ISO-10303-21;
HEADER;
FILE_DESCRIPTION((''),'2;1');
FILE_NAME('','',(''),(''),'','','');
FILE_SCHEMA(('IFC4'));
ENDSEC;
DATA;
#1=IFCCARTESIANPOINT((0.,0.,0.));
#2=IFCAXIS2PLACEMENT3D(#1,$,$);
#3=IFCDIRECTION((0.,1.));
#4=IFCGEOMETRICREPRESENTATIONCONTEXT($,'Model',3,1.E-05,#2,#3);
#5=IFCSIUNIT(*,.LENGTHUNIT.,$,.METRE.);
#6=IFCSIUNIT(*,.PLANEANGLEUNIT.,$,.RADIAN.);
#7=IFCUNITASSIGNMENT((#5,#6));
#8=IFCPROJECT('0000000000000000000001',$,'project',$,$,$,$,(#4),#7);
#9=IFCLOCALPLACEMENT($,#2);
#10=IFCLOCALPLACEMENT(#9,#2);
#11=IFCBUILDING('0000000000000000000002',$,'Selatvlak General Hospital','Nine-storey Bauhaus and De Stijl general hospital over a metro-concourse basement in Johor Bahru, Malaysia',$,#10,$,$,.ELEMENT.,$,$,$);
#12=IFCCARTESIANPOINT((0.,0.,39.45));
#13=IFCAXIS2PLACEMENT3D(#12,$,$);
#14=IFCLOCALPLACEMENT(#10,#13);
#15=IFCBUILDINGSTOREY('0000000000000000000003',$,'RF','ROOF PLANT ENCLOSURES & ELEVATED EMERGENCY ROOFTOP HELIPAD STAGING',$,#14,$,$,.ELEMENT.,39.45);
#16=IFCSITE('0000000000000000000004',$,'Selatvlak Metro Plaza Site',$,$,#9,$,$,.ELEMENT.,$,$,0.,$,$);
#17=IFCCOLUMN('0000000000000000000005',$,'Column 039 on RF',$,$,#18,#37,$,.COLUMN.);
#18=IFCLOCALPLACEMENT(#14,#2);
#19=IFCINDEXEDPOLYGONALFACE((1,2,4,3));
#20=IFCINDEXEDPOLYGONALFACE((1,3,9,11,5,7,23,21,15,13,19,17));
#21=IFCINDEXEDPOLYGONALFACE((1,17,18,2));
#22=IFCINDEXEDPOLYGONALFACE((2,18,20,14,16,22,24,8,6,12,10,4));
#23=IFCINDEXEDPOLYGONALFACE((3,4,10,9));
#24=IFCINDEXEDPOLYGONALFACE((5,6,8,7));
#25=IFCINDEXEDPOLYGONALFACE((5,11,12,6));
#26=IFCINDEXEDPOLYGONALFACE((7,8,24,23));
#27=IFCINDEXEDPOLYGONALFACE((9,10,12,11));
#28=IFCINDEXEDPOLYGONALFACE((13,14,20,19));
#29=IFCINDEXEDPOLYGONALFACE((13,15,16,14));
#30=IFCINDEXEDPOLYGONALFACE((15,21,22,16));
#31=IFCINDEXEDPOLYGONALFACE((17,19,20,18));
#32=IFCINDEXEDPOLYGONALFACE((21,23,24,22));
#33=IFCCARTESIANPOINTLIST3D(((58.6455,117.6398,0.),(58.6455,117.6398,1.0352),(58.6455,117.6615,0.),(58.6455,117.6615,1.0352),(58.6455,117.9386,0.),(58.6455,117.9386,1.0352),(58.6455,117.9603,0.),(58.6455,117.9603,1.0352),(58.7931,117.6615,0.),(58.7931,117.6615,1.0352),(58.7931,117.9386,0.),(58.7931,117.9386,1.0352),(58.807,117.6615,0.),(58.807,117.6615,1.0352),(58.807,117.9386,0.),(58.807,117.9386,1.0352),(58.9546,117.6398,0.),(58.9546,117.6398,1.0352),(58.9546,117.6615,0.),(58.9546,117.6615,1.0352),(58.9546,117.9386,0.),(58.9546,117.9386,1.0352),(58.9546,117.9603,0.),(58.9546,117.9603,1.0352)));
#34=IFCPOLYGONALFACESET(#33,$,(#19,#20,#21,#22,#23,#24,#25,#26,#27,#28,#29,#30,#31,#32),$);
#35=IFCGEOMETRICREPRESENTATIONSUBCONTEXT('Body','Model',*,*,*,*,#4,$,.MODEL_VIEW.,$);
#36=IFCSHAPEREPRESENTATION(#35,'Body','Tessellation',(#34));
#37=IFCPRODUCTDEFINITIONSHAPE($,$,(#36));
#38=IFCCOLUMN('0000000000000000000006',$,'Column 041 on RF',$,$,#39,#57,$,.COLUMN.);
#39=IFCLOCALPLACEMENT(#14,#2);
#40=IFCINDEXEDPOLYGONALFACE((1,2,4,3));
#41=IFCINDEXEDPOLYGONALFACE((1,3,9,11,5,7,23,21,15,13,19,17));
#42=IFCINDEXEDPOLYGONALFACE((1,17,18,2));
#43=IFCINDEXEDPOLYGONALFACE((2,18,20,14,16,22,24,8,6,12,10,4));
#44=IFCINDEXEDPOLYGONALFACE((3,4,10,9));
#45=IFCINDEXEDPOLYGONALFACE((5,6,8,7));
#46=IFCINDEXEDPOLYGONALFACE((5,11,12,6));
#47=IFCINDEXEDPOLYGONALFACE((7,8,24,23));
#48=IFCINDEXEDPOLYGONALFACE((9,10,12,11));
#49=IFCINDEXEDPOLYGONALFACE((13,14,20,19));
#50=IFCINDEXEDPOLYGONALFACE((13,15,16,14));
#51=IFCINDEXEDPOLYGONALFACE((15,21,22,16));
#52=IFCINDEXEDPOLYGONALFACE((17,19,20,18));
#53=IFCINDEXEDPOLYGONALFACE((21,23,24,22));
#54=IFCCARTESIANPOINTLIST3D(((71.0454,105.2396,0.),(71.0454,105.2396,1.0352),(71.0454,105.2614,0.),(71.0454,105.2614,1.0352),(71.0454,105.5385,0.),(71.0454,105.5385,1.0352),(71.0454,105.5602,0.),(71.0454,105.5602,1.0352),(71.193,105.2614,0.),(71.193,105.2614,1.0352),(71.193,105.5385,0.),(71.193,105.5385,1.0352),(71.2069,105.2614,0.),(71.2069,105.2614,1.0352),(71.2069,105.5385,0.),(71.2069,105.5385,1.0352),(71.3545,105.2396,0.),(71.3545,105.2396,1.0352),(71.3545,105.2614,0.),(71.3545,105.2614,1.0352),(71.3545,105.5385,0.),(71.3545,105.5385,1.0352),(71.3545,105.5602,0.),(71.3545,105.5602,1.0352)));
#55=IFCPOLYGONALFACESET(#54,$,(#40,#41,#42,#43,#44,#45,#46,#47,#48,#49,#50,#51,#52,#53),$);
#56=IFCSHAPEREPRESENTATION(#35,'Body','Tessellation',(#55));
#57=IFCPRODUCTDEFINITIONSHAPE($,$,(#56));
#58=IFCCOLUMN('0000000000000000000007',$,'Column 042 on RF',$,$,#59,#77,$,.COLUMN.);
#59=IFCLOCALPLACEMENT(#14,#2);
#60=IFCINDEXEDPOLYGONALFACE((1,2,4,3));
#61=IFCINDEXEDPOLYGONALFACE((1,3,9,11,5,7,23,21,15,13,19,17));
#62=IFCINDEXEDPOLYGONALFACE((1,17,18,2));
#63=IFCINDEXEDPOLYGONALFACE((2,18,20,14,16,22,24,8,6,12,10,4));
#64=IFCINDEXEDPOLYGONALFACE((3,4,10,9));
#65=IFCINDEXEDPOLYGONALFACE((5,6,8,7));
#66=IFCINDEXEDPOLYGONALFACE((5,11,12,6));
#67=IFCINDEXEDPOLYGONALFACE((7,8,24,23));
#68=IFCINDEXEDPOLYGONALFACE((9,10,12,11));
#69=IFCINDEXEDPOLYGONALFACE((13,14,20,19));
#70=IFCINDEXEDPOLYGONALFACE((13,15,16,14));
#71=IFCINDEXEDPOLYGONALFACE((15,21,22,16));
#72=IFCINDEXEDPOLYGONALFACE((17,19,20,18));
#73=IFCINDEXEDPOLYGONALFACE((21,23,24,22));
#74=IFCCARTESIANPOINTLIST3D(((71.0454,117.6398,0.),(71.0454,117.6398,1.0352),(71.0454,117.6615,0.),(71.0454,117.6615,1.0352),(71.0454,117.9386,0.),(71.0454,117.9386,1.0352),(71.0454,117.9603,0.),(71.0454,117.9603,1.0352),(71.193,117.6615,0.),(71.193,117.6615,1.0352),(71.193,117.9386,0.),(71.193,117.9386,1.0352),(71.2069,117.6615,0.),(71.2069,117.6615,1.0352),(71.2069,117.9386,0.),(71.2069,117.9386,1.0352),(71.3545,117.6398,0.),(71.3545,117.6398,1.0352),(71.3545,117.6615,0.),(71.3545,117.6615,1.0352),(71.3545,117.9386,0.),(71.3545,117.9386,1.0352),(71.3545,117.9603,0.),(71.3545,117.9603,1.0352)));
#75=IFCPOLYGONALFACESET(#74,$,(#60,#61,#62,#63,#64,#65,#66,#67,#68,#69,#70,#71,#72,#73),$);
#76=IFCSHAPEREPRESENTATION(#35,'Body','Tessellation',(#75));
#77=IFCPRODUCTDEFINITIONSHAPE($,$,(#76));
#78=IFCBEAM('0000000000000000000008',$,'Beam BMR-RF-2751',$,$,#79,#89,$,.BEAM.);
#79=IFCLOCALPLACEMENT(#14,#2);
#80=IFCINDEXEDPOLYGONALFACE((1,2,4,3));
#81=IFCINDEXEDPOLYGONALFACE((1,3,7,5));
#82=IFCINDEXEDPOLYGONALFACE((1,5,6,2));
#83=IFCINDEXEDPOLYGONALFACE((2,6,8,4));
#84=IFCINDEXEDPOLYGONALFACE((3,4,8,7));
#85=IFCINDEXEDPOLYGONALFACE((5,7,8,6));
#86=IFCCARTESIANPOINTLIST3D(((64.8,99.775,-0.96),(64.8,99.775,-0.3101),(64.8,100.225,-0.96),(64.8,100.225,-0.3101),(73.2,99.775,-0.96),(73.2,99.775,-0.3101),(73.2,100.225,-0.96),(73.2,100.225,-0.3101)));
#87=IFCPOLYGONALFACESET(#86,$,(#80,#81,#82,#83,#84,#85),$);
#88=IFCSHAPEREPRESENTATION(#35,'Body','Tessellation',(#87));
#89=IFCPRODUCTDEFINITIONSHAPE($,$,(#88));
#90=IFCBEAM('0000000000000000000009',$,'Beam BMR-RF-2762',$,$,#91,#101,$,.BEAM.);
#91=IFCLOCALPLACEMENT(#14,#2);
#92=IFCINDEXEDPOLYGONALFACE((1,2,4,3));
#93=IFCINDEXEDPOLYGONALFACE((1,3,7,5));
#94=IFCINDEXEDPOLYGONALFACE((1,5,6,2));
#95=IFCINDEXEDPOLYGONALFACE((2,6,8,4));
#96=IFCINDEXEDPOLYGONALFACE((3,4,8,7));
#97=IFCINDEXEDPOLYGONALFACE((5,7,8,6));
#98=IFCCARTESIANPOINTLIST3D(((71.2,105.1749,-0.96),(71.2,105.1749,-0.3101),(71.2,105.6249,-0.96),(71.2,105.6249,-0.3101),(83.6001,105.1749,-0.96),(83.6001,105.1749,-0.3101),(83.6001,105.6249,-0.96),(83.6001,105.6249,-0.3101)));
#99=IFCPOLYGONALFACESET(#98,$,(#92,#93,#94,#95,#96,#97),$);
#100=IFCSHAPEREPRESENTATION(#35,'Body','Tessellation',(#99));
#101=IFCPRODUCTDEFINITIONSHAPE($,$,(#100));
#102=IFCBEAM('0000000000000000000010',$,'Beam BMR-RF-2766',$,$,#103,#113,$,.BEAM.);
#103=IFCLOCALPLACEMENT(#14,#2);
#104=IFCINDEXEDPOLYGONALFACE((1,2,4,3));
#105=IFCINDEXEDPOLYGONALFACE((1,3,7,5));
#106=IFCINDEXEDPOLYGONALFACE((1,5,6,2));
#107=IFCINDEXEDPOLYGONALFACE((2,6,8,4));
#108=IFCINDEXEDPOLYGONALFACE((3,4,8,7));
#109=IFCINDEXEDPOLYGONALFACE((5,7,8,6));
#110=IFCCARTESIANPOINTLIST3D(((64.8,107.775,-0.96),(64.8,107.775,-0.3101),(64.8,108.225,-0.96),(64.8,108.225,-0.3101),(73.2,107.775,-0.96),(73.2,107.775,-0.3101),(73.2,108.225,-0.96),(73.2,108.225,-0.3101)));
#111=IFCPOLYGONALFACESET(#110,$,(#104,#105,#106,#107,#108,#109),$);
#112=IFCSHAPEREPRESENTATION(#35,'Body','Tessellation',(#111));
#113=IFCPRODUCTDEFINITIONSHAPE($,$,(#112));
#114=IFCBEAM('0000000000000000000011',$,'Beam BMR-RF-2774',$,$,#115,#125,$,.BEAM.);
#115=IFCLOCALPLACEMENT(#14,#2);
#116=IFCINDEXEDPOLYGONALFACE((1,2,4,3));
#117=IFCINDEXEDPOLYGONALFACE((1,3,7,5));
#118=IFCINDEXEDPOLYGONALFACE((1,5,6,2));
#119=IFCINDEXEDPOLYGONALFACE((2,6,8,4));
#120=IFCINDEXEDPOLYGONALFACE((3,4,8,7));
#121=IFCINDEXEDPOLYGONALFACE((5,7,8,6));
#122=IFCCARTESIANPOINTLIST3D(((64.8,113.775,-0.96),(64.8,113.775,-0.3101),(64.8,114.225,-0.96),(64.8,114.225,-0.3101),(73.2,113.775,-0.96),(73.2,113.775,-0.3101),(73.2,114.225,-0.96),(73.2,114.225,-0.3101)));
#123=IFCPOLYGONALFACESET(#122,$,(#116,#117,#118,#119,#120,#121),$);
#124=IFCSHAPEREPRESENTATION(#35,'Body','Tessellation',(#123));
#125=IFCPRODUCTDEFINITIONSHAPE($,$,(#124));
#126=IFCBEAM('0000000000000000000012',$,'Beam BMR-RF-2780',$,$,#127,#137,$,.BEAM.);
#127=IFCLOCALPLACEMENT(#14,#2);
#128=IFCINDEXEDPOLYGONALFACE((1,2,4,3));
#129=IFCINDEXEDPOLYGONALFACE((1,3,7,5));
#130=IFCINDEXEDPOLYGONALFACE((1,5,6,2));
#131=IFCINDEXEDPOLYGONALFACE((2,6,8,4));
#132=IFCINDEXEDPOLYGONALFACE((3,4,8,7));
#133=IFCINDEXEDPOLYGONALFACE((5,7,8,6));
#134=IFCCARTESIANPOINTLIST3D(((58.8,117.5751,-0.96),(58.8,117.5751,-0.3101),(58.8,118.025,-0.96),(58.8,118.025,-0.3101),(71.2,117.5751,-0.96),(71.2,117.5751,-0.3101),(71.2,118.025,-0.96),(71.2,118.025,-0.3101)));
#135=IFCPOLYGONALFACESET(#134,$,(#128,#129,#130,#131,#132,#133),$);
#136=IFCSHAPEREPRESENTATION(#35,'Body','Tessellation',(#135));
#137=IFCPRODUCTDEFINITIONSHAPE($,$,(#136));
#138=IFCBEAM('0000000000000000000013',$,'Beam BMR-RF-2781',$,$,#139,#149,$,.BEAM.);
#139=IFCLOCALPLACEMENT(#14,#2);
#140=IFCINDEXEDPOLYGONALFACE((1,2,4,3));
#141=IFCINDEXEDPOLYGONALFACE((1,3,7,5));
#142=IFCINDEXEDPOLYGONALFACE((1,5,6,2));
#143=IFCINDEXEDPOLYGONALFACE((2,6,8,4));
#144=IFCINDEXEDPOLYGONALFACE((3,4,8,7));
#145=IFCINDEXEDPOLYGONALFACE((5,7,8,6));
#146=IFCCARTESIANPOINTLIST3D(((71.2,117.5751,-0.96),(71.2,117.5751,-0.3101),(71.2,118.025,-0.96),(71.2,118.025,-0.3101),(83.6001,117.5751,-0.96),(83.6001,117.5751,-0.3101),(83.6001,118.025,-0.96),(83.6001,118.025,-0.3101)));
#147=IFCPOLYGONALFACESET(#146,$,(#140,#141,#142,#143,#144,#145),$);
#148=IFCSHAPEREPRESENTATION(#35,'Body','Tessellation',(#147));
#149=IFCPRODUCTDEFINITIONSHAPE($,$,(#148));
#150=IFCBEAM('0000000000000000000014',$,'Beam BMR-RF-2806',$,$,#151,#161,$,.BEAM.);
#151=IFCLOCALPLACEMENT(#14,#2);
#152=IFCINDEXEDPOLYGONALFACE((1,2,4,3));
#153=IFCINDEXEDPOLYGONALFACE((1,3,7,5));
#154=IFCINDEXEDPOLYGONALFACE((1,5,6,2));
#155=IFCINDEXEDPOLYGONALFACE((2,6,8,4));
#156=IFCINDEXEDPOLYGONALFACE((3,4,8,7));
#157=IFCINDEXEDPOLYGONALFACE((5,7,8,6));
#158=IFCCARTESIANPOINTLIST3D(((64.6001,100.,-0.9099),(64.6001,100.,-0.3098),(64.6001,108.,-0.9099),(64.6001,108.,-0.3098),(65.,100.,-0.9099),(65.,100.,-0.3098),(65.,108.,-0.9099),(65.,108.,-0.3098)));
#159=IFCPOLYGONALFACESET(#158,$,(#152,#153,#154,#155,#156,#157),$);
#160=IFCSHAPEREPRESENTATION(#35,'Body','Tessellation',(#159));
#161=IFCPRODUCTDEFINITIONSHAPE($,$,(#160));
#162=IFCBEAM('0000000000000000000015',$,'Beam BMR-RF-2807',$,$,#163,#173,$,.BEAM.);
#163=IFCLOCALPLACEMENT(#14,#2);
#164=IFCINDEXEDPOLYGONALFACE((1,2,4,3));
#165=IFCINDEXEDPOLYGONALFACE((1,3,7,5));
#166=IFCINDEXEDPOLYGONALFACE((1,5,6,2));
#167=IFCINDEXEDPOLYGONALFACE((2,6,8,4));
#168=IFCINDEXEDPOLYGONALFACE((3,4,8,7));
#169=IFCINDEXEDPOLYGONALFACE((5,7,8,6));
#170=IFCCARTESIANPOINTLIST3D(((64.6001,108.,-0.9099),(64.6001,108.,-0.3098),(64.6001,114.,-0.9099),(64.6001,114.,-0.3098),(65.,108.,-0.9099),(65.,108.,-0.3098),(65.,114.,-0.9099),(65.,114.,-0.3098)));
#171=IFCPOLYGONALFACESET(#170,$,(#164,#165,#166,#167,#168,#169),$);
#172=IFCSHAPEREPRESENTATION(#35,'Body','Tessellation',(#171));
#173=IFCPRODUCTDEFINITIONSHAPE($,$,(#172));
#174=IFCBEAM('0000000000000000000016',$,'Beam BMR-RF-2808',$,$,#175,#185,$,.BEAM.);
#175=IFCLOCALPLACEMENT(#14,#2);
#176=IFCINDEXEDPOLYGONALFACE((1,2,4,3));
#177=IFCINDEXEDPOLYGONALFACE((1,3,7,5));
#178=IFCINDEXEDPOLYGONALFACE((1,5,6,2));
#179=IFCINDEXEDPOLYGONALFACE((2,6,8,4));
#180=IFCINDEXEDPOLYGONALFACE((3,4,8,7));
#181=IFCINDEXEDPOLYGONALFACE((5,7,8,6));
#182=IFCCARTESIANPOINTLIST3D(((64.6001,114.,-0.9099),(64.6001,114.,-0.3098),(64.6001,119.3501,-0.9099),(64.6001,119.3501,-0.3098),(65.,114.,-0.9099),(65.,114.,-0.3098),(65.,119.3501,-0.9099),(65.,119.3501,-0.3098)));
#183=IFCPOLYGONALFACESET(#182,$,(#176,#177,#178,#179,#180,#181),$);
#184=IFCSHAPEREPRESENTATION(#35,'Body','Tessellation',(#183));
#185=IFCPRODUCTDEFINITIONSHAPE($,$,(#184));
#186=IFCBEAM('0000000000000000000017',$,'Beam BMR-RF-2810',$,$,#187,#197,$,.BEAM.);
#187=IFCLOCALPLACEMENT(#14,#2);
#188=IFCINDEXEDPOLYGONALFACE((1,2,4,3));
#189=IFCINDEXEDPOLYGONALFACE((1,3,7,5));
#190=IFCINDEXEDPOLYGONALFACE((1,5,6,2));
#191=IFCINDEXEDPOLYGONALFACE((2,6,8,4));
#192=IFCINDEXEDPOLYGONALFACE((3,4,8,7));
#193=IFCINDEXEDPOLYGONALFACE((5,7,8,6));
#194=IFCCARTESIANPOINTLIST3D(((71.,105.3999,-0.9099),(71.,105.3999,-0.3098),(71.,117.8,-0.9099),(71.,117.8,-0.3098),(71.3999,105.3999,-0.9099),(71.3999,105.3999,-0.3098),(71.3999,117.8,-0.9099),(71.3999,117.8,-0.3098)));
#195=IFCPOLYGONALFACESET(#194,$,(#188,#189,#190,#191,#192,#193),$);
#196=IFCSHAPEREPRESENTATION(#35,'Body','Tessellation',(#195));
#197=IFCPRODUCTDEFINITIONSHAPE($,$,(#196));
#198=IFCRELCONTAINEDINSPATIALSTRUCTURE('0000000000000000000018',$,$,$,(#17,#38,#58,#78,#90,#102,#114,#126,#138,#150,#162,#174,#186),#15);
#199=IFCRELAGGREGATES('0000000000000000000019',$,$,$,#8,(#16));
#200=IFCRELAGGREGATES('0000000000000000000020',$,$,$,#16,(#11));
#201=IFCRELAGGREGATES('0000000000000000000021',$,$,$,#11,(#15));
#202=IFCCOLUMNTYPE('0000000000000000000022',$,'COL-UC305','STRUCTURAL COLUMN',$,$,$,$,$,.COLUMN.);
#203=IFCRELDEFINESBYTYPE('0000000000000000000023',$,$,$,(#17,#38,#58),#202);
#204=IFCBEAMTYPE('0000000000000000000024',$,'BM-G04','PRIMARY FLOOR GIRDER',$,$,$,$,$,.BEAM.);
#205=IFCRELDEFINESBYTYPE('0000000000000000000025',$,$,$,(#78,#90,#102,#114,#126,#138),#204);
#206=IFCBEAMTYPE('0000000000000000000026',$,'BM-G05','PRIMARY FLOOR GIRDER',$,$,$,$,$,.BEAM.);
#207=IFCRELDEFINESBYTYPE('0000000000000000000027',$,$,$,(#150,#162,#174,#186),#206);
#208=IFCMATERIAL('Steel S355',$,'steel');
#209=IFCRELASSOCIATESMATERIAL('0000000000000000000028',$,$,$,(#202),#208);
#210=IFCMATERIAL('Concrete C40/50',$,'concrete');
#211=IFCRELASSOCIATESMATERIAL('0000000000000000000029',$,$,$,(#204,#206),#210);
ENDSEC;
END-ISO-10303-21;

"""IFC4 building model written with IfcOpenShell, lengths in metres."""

from ifc_helpers import new_model, si_unit, direction, frame, origin, origin_2d, place, context, subcontext, project, spatial, rectangle, i_section, extrude, material, material_profile, profile_set, type_object, element, save


model = new_model("IFC4")

# Units and contexts
model_context = context("Model", 3, precision=1e-05, world=origin(), true_north=direction((0.0, 1.0)))
body_context = subcontext(model_context, "Body", "Model", "MODEL_VIEW")
ifc_project = project(units=[si_unit("LENGTHUNIT", "METRE"), si_unit("PLANEANGLEUNIT", "RADIAN")], contexts=[model_context])

# Site, building, storey
site_placement = place(None, origin())
site = spatial("IfcSite", under=ifc_project, at=site_placement, Name="Selatvlak Metro Plaza Site", CompositionType="ELEMENT", RefElevation=0.0)
building_placement = place(site_placement, origin())
building = spatial("IfcBuilding", under=site, at=building_placement, Name="Selatvlak General Hospital", Description="Nine-storey Bauhaus and De Stijl general hospital over a metro-concourse basement in Johor Bahru, Malaysia", CompositionType="ELEMENT")
storey_placement = place(building_placement, frame((0.0, 0.0, 39.45)))
storey = spatial("IfcBuildingStorey", under=building, at=storey_placement, Name="RF", Description="ROOF PLANT ENCLOSURES & ELEVATED EMERGENCY ROOFTOP HELIPAD STAGING", CompositionType="ELEMENT", Elevation=39.45)

# Columns
ifc_material_1 = material(Name="Steel S355", Category="steel")
ifc_material_profile_1 = material_profile(ifc_material_1, i_section(OverallWidth=0.3091, OverallDepth=0.3206, WebThickness=0.0139, FlangeThickness=0.0217, at=origin_2d()), Name="UC 305x305x137")
ifc_profile_set_1 = profile_set([ifc_material_profile_1], Name="Steel S355")
column_type = type_object("IfcColumnType", Name="COL-UC305", Description="STRUCTURAL COLUMN", PredefinedType="COLUMN", material=ifc_profile_set_1)
for number, where, z_axis, x_axis, name in (
    (1, (58.8, 117.8, 0.0), (0.0, 0.0, 1.0), (1.0, 0.0, 0.0), "Column 039 on RF"),
    (2, (71.2, 105.3999, 0.0), (0.0, 0.0, 1.0), (1.0, 0.0, 0.0), "Column 041 on RF"),
    (3, (71.2, 117.8, 0.0), (0.0, 0.0, 1.0), (1.0, 0.0, 0.0), "Column 042 on RF"),
):
    element("IfcColumn", number, at=place(storey_placement, frame(where, z_axis=z_axis, x_axis=x_axis)), inside=storey, type_object=column_type, Name=name, PredefinedType="COLUMN", context=body_context, shape_type="SweptSolid", body=[
        extrude(i_section(OverallWidth=0.3091, OverallDepth=0.3206, WebThickness=0.0139, FlangeThickness=0.0217, at=origin_2d()), origin(), (0.0, 0.0, 1.0), 1.0352),
    ])

# Beams
ifc_material_2 = material(Name="Concrete C40/50", Category="concrete")
ifc_material_profile_2 = material_profile(ifc_material_2, rectangle(XDim=0.45, YDim=0.6499, at=origin_2d()), Name="RC-BM 450x650")
ifc_profile_set_2 = profile_set([ifc_material_profile_2], Name="Concrete C40/50")
beam_type_1 = type_object("IfcBeamType", Name="BM-G04", Description="PRIMARY FLOOR GIRDER", PredefinedType="BEAM", material=ifc_profile_set_2)
beam_1_placement = place(storey_placement, frame((64.8, 100.0, -0.635), z_axis=(1.0, 0.0, 0.0), x_axis=(0.0, 1.0, 0.0)))
element("IfcBeam", 4, at=beam_1_placement, inside=storey, type_object=beam_type_1, Name="Beam BMR-RF-2751", PredefinedType="BEAM", context=body_context, shape_type="SweptSolid", body=[
    extrude(rectangle(XDim=0.45, YDim=0.6499, at=origin_2d()), origin(), (0.0, 0.0, 1.0), 8.3999),
])
beam_2_placement = place(storey_placement, frame((71.2, 105.3999, -0.635), z_axis=(1.0, 0.0, 0.0), x_axis=(0.0, 1.0, 0.0)))
element("IfcBeam", 5, at=beam_2_placement, inside=storey, type_object=beam_type_1, Name="Beam BMR-RF-2762", PredefinedType="BEAM", context=body_context, shape_type="SweptSolid", body=[
    extrude(rectangle(XDim=0.45, YDim=0.6499, at=origin_2d()), origin(), (0.0, 0.0, 1.0), 12.4001),
])
for number, where, z_axis, x_axis, name in (
    (6, (64.8, 108.0, -0.635), (1.0, 0.0, 0.0), (0.0, 1.0, 0.0), "Beam BMR-RF-2766"),
    (7, (64.8, 114.0, -0.635), (1.0, 0.0, 0.0), (0.0, 1.0, 0.0), "Beam BMR-RF-2774"),
):
    element("IfcBeam", number, at=place(storey_placement, frame(where, z_axis=z_axis, x_axis=x_axis)), inside=storey, type_object=beam_type_1, Name=name, PredefinedType="BEAM", context=body_context, shape_type="SweptSolid", body=[
        extrude(rectangle(XDim=0.45, YDim=0.6499, at=origin_2d()), origin(), (0.0, 0.0, 1.0), 8.3999),
    ])
beam_3_placement = place(storey_placement, frame((58.8, 117.8, -0.635), z_axis=(1.0, 0.0, 0.0), x_axis=(0.0, 1.0, 0.0)))
element("IfcBeam", 8, at=beam_3_placement, inside=storey, type_object=beam_type_1, Name="Beam BMR-RF-2780", PredefinedType="BEAM", context=body_context, shape_type="SweptSolid", body=[
    extrude(rectangle(XDim=0.45, YDim=0.6499, at=origin_2d()), origin(), (0.0, 0.0, 1.0), 12.3999),
])
beam_4_placement = place(storey_placement, frame((71.2, 117.8, -0.635), z_axis=(1.0, 0.0, 0.0), x_axis=(0.0, 1.0, 0.0)))
element("IfcBeam", 9, at=beam_4_placement, inside=storey, type_object=beam_type_1, Name="Beam BMR-RF-2781", PredefinedType="BEAM", context=body_context, shape_type="SweptSolid", body=[
    extrude(rectangle(XDim=0.45, YDim=0.6499, at=origin_2d()), origin(), (0.0, 0.0, 1.0), 12.4001),
])
ifc_material_profile_3 = material_profile(ifc_material_2, rectangle(XDim=0.3999, YDim=0.6001, at=origin_2d()), Name="RC-BM 400x600")
ifc_profile_set_3 = profile_set([ifc_material_profile_3], Name="Concrete C40/50")
beam_type_2 = type_object("IfcBeamType", Name="BM-G05", Description="PRIMARY FLOOR GIRDER", PredefinedType="BEAM", material=ifc_profile_set_3)
beam_5_placement = place(storey_placement, frame((64.8, 100.0, -0.6099), z_axis=(0.0, 1.0, 0.0), x_axis=(-1.0, 0.0, 0.0)))
element("IfcBeam", 10, at=beam_5_placement, inside=storey, type_object=beam_type_2, Name="Beam BMR-RF-2806", PredefinedType="BEAM", context=body_context, shape_type="SweptSolid", body=[
    extrude(rectangle(XDim=0.3999, YDim=0.6001, at=origin_2d()), origin(), (0.0, 0.0, 1.0), 8.0),
])
beam_6_placement = place(storey_placement, frame((64.8, 108.0, -0.6099), z_axis=(0.0, 1.0, 0.0), x_axis=(-1.0, 0.0, 0.0)))
element("IfcBeam", 11, at=beam_6_placement, inside=storey, type_object=beam_type_2, Name="Beam BMR-RF-2807", PredefinedType="BEAM", context=body_context, shape_type="SweptSolid", body=[
    extrude(rectangle(XDim=0.3999, YDim=0.6001, at=origin_2d()), origin(), (0.0, 0.0, 1.0), 6.0),
])
beam_7_placement = place(storey_placement, frame((64.8, 114.0, -0.6099), z_axis=(0.0, 1.0, 0.0), x_axis=(-1.0, 0.0, 0.0)))
element("IfcBeam", 12, at=beam_7_placement, inside=storey, type_object=beam_type_2, Name="Beam BMR-RF-2808", PredefinedType="BEAM", context=body_context, shape_type="SweptSolid", body=[
    extrude(rectangle(XDim=0.3999, YDim=0.6001, at=origin_2d()), origin(), (0.0, 0.0, 1.0), 5.3501),
])
beam_8_placement = place(storey_placement, frame((71.2, 105.3999, -0.6099), z_axis=(0.0, 1.0, 0.0), x_axis=(-1.0, 0.0, 0.0)))
element("IfcBeam", 13, at=beam_8_placement, inside=storey, type_object=beam_type_2, Name="Beam BMR-RF-2810", PredefinedType="BEAM", context=body_context, shape_type="SweptSolid", body=[
    extrude(rectangle(XDim=0.3999, YDim=0.6001, at=origin_2d()), origin(), (0.0, 0.0, 1.0), 12.4001),
])

save(model, "model.ifc")
